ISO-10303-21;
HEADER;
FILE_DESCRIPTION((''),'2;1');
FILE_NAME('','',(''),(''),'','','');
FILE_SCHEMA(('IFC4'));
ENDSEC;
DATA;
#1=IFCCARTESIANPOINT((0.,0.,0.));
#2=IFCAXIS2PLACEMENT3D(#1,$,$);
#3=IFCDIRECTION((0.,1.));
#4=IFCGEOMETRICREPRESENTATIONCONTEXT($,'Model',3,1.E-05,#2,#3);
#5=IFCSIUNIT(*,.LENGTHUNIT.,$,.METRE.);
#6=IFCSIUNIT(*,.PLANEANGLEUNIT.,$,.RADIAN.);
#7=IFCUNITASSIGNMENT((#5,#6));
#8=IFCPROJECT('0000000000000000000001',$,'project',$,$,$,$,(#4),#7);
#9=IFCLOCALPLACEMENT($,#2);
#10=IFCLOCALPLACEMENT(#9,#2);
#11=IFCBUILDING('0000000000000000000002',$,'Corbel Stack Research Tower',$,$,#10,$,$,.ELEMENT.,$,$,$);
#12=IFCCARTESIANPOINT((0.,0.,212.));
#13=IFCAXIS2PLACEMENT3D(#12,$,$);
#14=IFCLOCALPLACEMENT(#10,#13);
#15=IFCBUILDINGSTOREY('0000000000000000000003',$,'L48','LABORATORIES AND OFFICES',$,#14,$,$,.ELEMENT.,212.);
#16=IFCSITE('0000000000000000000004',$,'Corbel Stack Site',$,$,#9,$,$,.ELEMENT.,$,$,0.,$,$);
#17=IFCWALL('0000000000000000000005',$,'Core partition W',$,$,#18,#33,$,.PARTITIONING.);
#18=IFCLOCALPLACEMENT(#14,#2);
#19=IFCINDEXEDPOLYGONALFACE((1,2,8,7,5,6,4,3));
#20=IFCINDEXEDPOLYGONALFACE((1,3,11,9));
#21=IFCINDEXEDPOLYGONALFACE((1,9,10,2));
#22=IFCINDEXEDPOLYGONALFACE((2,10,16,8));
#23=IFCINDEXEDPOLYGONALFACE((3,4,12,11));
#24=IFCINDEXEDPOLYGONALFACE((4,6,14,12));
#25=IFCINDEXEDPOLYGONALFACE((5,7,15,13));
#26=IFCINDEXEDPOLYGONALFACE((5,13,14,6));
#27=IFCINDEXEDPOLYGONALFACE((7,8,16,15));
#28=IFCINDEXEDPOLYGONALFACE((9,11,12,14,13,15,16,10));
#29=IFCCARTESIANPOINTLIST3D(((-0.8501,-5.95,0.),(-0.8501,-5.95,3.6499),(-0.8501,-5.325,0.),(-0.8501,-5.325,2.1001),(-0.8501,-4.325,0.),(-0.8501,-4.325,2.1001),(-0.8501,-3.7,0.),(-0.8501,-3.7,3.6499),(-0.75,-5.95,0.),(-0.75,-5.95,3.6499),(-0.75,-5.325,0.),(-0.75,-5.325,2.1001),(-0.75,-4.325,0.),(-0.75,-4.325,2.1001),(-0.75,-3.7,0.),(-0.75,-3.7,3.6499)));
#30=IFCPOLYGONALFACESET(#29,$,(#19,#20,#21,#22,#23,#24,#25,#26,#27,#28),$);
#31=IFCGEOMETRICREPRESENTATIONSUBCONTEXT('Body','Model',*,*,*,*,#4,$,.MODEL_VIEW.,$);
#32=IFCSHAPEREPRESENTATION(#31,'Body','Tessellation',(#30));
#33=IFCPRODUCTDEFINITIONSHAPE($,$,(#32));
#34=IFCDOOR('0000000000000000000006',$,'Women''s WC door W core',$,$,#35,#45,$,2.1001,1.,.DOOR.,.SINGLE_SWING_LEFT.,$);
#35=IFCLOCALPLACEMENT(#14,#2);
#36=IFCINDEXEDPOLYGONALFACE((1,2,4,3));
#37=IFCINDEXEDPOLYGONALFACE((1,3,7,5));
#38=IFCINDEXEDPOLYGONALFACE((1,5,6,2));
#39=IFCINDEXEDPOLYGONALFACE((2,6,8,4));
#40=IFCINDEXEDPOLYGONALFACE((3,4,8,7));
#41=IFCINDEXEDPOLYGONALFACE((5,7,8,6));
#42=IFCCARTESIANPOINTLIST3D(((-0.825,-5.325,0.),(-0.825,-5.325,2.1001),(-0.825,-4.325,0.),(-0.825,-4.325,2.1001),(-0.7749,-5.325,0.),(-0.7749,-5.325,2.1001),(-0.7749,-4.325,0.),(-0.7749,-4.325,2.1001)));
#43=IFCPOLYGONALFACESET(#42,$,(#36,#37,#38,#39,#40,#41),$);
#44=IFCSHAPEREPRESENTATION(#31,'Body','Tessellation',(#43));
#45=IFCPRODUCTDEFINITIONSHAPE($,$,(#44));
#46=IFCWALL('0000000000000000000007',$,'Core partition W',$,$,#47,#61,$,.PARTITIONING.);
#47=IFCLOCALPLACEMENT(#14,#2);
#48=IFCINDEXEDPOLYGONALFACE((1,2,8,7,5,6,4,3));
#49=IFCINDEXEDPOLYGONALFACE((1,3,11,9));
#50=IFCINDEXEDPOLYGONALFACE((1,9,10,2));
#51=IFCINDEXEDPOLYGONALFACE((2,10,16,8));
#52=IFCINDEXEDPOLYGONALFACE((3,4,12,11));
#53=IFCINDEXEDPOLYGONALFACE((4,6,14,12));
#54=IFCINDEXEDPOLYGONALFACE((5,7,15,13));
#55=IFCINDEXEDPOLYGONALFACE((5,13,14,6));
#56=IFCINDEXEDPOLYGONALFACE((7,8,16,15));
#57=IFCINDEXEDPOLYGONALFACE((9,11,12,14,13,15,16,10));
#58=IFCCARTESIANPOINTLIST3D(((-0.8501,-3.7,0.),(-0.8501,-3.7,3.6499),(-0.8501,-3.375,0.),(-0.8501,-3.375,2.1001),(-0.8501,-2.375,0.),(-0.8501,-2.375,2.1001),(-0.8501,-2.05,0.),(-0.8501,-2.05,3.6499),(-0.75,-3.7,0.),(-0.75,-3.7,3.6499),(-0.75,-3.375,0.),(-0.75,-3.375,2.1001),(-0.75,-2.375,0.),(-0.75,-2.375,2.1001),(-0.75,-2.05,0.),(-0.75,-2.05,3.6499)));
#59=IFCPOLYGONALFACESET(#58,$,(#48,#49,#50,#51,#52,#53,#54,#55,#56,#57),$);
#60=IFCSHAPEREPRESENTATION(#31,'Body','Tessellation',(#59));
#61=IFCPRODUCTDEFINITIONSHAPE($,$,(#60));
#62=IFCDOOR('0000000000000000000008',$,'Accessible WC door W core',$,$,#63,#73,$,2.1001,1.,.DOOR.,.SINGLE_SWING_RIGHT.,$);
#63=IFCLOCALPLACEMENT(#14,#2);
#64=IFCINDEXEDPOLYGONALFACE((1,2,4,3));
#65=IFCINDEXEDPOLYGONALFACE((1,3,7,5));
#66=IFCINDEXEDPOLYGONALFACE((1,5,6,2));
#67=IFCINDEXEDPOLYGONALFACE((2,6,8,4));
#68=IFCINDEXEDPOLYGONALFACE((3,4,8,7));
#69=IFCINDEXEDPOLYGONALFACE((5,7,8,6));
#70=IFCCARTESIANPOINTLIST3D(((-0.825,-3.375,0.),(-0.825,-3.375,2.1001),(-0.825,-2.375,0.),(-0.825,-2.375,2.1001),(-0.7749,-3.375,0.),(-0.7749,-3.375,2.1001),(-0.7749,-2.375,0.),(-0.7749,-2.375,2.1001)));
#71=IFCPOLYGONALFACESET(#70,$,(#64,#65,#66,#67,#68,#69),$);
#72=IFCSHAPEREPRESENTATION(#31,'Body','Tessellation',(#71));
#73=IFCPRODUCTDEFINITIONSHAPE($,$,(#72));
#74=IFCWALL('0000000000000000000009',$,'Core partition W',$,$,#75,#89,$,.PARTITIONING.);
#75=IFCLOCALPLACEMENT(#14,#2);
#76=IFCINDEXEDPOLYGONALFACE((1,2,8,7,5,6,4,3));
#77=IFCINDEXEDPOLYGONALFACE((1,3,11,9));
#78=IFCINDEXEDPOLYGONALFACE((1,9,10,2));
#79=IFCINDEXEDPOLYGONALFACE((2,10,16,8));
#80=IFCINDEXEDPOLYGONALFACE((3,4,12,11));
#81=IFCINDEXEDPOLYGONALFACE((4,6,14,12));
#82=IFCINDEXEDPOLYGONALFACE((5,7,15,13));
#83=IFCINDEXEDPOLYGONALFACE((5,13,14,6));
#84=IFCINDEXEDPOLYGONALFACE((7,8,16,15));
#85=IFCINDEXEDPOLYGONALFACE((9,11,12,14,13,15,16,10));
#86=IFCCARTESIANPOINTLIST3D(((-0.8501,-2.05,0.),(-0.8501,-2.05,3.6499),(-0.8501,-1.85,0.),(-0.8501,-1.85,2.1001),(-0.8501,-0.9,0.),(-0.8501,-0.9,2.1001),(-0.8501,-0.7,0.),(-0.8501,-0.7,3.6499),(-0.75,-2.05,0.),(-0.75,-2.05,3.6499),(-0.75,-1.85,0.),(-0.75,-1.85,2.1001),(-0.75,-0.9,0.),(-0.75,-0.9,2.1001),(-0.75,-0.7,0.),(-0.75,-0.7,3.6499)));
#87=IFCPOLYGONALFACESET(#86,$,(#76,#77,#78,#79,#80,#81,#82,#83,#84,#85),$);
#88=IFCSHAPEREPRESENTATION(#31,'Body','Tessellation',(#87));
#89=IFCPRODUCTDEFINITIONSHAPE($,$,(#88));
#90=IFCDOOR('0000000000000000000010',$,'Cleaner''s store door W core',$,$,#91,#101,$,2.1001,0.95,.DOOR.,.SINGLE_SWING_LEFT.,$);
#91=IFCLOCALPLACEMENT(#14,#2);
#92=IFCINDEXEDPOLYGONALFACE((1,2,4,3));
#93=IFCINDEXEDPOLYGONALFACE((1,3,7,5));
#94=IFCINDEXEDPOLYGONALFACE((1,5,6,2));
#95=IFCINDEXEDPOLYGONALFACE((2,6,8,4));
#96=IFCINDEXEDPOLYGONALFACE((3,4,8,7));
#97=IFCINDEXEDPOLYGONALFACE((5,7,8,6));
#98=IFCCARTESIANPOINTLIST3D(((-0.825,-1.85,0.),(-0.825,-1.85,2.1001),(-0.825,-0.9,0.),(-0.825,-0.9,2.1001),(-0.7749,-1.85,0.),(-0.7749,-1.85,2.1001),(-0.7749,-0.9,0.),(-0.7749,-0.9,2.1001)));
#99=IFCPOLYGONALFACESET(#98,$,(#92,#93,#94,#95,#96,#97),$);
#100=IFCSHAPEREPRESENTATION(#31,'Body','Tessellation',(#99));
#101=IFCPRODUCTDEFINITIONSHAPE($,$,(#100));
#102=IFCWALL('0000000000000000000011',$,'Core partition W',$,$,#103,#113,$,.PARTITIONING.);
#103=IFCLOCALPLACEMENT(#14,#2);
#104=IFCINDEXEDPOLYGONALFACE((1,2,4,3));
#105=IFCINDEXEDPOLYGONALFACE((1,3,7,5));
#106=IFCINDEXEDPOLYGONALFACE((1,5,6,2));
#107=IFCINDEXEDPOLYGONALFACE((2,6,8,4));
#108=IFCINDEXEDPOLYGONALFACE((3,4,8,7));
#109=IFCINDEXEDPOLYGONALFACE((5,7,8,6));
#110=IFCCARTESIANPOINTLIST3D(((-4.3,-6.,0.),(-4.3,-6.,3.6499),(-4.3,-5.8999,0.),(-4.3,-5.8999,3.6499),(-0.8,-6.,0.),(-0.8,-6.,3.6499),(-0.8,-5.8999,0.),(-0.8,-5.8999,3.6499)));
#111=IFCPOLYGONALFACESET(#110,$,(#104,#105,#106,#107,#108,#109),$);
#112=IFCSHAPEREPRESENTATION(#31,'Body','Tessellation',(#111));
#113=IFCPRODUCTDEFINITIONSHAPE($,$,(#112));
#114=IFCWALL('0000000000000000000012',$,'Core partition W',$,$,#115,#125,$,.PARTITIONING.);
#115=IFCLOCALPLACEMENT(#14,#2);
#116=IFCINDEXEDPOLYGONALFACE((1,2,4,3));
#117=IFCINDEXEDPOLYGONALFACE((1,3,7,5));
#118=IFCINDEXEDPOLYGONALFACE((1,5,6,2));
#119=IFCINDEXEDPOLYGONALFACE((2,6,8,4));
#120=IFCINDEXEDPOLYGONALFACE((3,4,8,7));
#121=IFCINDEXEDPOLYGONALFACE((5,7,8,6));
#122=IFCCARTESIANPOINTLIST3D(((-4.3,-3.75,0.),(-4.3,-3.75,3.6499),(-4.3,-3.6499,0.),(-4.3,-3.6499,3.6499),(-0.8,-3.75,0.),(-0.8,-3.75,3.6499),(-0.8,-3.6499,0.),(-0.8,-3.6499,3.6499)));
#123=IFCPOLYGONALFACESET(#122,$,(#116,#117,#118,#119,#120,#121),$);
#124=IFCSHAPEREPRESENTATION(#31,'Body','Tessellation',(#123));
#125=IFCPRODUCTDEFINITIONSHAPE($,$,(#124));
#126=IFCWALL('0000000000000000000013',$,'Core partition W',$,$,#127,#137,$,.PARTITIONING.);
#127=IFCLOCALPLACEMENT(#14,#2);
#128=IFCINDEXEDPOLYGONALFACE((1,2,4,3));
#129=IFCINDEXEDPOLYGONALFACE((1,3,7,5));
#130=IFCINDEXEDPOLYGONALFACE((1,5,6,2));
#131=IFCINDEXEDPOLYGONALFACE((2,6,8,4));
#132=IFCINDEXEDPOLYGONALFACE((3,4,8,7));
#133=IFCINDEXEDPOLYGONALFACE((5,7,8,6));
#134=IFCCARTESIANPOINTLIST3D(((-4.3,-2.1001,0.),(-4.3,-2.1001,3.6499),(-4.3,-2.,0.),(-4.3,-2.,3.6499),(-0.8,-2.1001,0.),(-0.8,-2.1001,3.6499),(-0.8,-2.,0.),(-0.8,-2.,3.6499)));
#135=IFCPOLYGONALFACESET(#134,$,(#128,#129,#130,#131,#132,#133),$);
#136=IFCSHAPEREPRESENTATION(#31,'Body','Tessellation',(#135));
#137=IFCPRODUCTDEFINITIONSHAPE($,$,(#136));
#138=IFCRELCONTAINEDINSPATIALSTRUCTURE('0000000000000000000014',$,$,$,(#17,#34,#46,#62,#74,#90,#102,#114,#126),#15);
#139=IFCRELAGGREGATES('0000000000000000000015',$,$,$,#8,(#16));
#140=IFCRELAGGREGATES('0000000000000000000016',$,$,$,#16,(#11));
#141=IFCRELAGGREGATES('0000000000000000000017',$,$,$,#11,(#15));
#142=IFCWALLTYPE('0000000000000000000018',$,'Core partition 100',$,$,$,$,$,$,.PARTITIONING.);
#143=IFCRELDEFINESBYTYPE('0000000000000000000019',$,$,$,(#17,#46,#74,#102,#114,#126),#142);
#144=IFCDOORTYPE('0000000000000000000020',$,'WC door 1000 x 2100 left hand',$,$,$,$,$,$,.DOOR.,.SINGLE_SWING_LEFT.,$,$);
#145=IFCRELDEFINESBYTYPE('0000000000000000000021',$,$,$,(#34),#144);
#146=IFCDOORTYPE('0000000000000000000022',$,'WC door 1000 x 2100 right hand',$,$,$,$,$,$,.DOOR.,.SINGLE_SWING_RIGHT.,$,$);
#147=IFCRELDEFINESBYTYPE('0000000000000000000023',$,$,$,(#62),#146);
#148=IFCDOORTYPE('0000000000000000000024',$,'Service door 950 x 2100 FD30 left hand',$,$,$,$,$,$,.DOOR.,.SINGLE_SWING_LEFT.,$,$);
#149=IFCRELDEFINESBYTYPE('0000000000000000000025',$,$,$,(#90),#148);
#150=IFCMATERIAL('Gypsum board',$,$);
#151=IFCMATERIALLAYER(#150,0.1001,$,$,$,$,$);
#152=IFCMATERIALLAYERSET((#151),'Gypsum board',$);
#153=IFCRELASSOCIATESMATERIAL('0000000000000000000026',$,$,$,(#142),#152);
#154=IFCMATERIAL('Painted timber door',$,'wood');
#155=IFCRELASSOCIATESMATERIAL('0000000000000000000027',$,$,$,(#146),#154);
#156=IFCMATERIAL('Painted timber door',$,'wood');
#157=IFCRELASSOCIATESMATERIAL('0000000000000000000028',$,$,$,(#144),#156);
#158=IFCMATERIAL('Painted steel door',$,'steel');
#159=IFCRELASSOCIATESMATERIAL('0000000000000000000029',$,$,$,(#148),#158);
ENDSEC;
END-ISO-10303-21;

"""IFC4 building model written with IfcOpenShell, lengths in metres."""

from ifc_helpers import new_model, si_unit, direction, frame, frame_2d, origin, place, context, subcontext, project, spatial, rectangle, extrude, material, layer, layer_set, type_object, element, fill, save


model = new_model("IFC4")

# Units and contexts
model_context = context("Model", 3, precision=1e-05, world=origin(), true_north=direction((0.0, 1.0)))
body_context = subcontext(model_context, "Body", "Model", "MODEL_VIEW")
ifc_project = project(units=[si_unit("LENGTHUNIT", "METRE"), si_unit("PLANEANGLEUNIT", "RADIAN")], contexts=[model_context])

# Site, building, storey
site_placement = place(None, origin())
site = spatial("IfcSite", under=ifc_project, at=site_placement, Name="Corbel Stack Site", CompositionType="ELEMENT", RefElevation=0.0)
building_placement = place(site_placement, origin())
building = spatial("IfcBuilding", under=site, at=building_placement, Name="Corbel Stack Research Tower", CompositionType="ELEMENT")
storey_placement = place(building_placement, frame((0.0, 0.0, 212.0)))
storey = spatial("IfcBuildingStorey", under=building, at=storey_placement, Name="L48", Description="LABORATORIES AND OFFICES", CompositionType="ELEMENT", Elevation=212.0)

# Walls, openings, doors
ifc_material_1 = material(Name="Gypsum board")
ifc_layer_1 = layer(ifc_material_1, 0.1001)
ifc_layer_set_1 = layer_set([ifc_layer_1], Name="Gypsum board")
wall_type_1 = type_object("IfcWallType", Name="Core partition 100", PredefinedType="PARTITIONING", material=ifc_layer_set_1)
ifc_material_2 = material(Name="Painted timber door", Category="wood")
door_type_1 = type_object("IfcDoorType", Name="WC door 1000 x 2100 right hand", OperationType="SINGLE_SWING_RIGHT", PredefinedType="DOOR", material=ifc_material_2)
wall_1_placement = place(storey_placement, frame((-0.8, -5.95, 0.0), z_axis=(0.0, 0.0, 1.0), x_axis=(0.0, 1.0, 0.0)))
wall_1 = element("IfcWall", 1, at=wall_1_placement, inside=storey, type_object=wall_type_1, Name="Core partition W", PredefinedType="PARTITIONING", context=body_context, shape_type="SweptSolid", body=[
    extrude(rectangle(XDim=2.25, YDim=0.1001, at=frame_2d((1.125, 0.0))), origin(), (0.0, 0.0, 1.0), 3.6499),
])
opening_1_placement = place(wall_1_placement, frame((0.625, 0.0, 0.0)))
opening_1 = element("IfcOpeningElement", 2, at=opening_1_placement, cuts=wall_1, PredefinedType="OPENING", context=body_context, shape_type="SweptSolid", body=[
    extrude(rectangle(XDim=1.0, YDim=2.1001, at=frame_2d((0.5, 1.05))), frame((0.0, 0.0601, 0.0), z_axis=(0.0, -1.0, 0.0), x_axis=(1.0, 0.0, 0.0)), (0.0, 0.0, 1.0), 0.1201),
])
ifc_material_3 = material(Name="Painted timber door", Category="wood")
door_type_2 = type_object("IfcDoorType", Name="WC door 1000 x 2100 left hand", OperationType="SINGLE_SWING_LEFT", PredefinedType="DOOR", material=ifc_material_3)
door_1_placement = place(opening_1_placement, origin())
door_1 = element("IfcDoor", 3, at=door_1_placement, inside=storey, type_object=door_type_2, Name="Women's WC door W core", OperationType="SINGLE_SWING_LEFT", OverallHeight=2.1001, OverallWidth=1.0, PredefinedType="DOOR", context=body_context, shape_type="SweptSolid", body=[
    extrude(rectangle(XDim=1.0, YDim=2.1001, at=frame_2d((0.5, 1.05))), frame((0.0, 0.0249, 0.0), z_axis=(0.0, -1.0, 0.0), x_axis=(1.0, 0.0, 0.0)), (0.0, 0.0, 1.0), 0.05),
])
fill(opening_1, door_1)
wall_2_placement = place(storey_placement, frame((-0.8, -3.7, 0.0), z_axis=(0.0, 0.0, 1.0), x_axis=(0.0, 1.0, 0.0)))
wall_2 = element("IfcWall", 4, at=wall_2_placement, inside=storey, type_object=wall_type_1, Name="Core partition W", PredefinedType="PARTITIONING", context=body_context, shape_type="SweptSolid", body=[
    extrude(rectangle(XDim=1.6499, YDim=0.1001, at=frame_2d((0.825, 0.0))), origin(), (0.0, 0.0, 1.0), 3.6499),
])
opening_2_placement = place(wall_2_placement, frame((0.325, 0.0, 0.0)))
opening_2 = element("IfcOpeningElement", 5, at=opening_2_placement, cuts=wall_2, PredefinedType="OPENING", context=body_context, shape_type="SweptSolid", body=[
    extrude(rectangle(XDim=1.0, YDim=2.1001, at=frame_2d((0.5, 1.05))), frame((0.0, 0.0601, 0.0), z_axis=(0.0, -1.0, 0.0), x_axis=(1.0, 0.0, 0.0)), (0.0, 0.0, 1.0), 0.1201),
])
door_2_placement = place(opening_2_placement, origin())
door_2 = element("IfcDoor", 6, at=door_2_placement, inside=storey, type_object=door_type_1, Name="Accessible WC door W core", OperationType="SINGLE_SWING_RIGHT", OverallHeight=2.1001, OverallWidth=1.0, PredefinedType="DOOR", context=body_context, shape_type="SweptSolid", body=[
    extrude(rectangle(XDim=1.0, YDim=2.1001, at=frame_2d((0.5, 1.05))), frame((0.0, 0.0249, 0.0), z_axis=(0.0, -1.0, 0.0), x_axis=(1.0, 0.0, 0.0)), (0.0, 0.0, 1.0), 0.05),
])
fill(opening_2, door_2)
wall_3_placement = place(storey_placement, frame((-0.8, -2.05, 0.0), z_axis=(0.0, 0.0, 1.0), x_axis=(0.0, 1.0, 0.0)))
wall_3 = element("IfcWall", 7, at=wall_3_placement, inside=storey, type_object=wall_type_1, Name="Core partition W", PredefinedType="PARTITIONING", context=body_context, shape_type="SweptSolid", body=[
    extrude(rectangle(XDim=1.3501, YDim=0.1001, at=frame_2d((0.675, 0.0))), origin(), (0.0, 0.0, 1.0), 3.6499),
])
opening_3_placement = place(wall_3_placement, frame((0.2, 0.0, 0.0)))
opening_3 = element("IfcOpeningElement", 8, at=opening_3_placement, cuts=wall_3, PredefinedType="OPENING", context=body_context, shape_type="SweptSolid", body=[
    extrude(rectangle(XDim=0.95, YDim=2.1001, at=frame_2d((0.4751, 1.05))), frame((0.0, 0.0601, 0.0), z_axis=(0.0, -1.0, 0.0), x_axis=(1.0, 0.0, 0.0)), (0.0, 0.0, 1.0), 0.1201),
])
ifc_material_4 = material(Name="Painted steel door", Category="steel")
door_type_3 = type_object("IfcDoorType", Name="Service door 950 x 2100 FD30 left hand", OperationType="SINGLE_SWING_LEFT", PredefinedType="DOOR", material=ifc_material_4)
door_3_placement = place(opening_3_placement, origin())
door_3 = element("IfcDoor", 9, at=door_3_placement, inside=storey, type_object=door_type_3, Name="Cleaner's store door W core", OperationType="SINGLE_SWING_LEFT", OverallHeight=2.1001, OverallWidth=0.95, PredefinedType="DOOR", context=body_context, shape_type="SweptSolid", body=[
    extrude(rectangle(XDim=0.95, YDim=2.1001, at=frame_2d((0.4751, 1.05))), frame((0.0, 0.0249, 0.0), z_axis=(0.0, -1.0, 0.0), x_axis=(1.0, 0.0, 0.0)), (0.0, 0.0, 1.0), 0.05),
])
fill(opening_3, door_3)

# Walls
for number, where, z_axis, x_axis, name in (
    (10, (-4.3, -5.95, 0.0), (0.0, 0.0, 1.0), (1.0, 0.0, 0.0), "Core partition W"),
    (11, (-4.3, -3.7, 0.0), (0.0, 0.0, 1.0), (1.0, 0.0, 0.0), "Core partition W"),
    (12, (-4.3, -2.05, 0.0), (0.0, 0.0, 1.0), (1.0, 0.0, 0.0), "Core partition W"),
):
    element("IfcWall", number, at=place(storey_placement, frame(where, z_axis=z_axis, x_axis=x_axis)), inside=storey, type_object=wall_type_1, Name=name, PredefinedType="PARTITIONING", context=body_context, shape_type="SweptSolid", body=[
        extrude(rectangle(XDim=3.5, YDim=0.1001, at=frame_2d((1.75, 0.0))), origin(), (0.0, 0.0, 1.0), 3.6499),
    ])

save(model, "model.ifc")
